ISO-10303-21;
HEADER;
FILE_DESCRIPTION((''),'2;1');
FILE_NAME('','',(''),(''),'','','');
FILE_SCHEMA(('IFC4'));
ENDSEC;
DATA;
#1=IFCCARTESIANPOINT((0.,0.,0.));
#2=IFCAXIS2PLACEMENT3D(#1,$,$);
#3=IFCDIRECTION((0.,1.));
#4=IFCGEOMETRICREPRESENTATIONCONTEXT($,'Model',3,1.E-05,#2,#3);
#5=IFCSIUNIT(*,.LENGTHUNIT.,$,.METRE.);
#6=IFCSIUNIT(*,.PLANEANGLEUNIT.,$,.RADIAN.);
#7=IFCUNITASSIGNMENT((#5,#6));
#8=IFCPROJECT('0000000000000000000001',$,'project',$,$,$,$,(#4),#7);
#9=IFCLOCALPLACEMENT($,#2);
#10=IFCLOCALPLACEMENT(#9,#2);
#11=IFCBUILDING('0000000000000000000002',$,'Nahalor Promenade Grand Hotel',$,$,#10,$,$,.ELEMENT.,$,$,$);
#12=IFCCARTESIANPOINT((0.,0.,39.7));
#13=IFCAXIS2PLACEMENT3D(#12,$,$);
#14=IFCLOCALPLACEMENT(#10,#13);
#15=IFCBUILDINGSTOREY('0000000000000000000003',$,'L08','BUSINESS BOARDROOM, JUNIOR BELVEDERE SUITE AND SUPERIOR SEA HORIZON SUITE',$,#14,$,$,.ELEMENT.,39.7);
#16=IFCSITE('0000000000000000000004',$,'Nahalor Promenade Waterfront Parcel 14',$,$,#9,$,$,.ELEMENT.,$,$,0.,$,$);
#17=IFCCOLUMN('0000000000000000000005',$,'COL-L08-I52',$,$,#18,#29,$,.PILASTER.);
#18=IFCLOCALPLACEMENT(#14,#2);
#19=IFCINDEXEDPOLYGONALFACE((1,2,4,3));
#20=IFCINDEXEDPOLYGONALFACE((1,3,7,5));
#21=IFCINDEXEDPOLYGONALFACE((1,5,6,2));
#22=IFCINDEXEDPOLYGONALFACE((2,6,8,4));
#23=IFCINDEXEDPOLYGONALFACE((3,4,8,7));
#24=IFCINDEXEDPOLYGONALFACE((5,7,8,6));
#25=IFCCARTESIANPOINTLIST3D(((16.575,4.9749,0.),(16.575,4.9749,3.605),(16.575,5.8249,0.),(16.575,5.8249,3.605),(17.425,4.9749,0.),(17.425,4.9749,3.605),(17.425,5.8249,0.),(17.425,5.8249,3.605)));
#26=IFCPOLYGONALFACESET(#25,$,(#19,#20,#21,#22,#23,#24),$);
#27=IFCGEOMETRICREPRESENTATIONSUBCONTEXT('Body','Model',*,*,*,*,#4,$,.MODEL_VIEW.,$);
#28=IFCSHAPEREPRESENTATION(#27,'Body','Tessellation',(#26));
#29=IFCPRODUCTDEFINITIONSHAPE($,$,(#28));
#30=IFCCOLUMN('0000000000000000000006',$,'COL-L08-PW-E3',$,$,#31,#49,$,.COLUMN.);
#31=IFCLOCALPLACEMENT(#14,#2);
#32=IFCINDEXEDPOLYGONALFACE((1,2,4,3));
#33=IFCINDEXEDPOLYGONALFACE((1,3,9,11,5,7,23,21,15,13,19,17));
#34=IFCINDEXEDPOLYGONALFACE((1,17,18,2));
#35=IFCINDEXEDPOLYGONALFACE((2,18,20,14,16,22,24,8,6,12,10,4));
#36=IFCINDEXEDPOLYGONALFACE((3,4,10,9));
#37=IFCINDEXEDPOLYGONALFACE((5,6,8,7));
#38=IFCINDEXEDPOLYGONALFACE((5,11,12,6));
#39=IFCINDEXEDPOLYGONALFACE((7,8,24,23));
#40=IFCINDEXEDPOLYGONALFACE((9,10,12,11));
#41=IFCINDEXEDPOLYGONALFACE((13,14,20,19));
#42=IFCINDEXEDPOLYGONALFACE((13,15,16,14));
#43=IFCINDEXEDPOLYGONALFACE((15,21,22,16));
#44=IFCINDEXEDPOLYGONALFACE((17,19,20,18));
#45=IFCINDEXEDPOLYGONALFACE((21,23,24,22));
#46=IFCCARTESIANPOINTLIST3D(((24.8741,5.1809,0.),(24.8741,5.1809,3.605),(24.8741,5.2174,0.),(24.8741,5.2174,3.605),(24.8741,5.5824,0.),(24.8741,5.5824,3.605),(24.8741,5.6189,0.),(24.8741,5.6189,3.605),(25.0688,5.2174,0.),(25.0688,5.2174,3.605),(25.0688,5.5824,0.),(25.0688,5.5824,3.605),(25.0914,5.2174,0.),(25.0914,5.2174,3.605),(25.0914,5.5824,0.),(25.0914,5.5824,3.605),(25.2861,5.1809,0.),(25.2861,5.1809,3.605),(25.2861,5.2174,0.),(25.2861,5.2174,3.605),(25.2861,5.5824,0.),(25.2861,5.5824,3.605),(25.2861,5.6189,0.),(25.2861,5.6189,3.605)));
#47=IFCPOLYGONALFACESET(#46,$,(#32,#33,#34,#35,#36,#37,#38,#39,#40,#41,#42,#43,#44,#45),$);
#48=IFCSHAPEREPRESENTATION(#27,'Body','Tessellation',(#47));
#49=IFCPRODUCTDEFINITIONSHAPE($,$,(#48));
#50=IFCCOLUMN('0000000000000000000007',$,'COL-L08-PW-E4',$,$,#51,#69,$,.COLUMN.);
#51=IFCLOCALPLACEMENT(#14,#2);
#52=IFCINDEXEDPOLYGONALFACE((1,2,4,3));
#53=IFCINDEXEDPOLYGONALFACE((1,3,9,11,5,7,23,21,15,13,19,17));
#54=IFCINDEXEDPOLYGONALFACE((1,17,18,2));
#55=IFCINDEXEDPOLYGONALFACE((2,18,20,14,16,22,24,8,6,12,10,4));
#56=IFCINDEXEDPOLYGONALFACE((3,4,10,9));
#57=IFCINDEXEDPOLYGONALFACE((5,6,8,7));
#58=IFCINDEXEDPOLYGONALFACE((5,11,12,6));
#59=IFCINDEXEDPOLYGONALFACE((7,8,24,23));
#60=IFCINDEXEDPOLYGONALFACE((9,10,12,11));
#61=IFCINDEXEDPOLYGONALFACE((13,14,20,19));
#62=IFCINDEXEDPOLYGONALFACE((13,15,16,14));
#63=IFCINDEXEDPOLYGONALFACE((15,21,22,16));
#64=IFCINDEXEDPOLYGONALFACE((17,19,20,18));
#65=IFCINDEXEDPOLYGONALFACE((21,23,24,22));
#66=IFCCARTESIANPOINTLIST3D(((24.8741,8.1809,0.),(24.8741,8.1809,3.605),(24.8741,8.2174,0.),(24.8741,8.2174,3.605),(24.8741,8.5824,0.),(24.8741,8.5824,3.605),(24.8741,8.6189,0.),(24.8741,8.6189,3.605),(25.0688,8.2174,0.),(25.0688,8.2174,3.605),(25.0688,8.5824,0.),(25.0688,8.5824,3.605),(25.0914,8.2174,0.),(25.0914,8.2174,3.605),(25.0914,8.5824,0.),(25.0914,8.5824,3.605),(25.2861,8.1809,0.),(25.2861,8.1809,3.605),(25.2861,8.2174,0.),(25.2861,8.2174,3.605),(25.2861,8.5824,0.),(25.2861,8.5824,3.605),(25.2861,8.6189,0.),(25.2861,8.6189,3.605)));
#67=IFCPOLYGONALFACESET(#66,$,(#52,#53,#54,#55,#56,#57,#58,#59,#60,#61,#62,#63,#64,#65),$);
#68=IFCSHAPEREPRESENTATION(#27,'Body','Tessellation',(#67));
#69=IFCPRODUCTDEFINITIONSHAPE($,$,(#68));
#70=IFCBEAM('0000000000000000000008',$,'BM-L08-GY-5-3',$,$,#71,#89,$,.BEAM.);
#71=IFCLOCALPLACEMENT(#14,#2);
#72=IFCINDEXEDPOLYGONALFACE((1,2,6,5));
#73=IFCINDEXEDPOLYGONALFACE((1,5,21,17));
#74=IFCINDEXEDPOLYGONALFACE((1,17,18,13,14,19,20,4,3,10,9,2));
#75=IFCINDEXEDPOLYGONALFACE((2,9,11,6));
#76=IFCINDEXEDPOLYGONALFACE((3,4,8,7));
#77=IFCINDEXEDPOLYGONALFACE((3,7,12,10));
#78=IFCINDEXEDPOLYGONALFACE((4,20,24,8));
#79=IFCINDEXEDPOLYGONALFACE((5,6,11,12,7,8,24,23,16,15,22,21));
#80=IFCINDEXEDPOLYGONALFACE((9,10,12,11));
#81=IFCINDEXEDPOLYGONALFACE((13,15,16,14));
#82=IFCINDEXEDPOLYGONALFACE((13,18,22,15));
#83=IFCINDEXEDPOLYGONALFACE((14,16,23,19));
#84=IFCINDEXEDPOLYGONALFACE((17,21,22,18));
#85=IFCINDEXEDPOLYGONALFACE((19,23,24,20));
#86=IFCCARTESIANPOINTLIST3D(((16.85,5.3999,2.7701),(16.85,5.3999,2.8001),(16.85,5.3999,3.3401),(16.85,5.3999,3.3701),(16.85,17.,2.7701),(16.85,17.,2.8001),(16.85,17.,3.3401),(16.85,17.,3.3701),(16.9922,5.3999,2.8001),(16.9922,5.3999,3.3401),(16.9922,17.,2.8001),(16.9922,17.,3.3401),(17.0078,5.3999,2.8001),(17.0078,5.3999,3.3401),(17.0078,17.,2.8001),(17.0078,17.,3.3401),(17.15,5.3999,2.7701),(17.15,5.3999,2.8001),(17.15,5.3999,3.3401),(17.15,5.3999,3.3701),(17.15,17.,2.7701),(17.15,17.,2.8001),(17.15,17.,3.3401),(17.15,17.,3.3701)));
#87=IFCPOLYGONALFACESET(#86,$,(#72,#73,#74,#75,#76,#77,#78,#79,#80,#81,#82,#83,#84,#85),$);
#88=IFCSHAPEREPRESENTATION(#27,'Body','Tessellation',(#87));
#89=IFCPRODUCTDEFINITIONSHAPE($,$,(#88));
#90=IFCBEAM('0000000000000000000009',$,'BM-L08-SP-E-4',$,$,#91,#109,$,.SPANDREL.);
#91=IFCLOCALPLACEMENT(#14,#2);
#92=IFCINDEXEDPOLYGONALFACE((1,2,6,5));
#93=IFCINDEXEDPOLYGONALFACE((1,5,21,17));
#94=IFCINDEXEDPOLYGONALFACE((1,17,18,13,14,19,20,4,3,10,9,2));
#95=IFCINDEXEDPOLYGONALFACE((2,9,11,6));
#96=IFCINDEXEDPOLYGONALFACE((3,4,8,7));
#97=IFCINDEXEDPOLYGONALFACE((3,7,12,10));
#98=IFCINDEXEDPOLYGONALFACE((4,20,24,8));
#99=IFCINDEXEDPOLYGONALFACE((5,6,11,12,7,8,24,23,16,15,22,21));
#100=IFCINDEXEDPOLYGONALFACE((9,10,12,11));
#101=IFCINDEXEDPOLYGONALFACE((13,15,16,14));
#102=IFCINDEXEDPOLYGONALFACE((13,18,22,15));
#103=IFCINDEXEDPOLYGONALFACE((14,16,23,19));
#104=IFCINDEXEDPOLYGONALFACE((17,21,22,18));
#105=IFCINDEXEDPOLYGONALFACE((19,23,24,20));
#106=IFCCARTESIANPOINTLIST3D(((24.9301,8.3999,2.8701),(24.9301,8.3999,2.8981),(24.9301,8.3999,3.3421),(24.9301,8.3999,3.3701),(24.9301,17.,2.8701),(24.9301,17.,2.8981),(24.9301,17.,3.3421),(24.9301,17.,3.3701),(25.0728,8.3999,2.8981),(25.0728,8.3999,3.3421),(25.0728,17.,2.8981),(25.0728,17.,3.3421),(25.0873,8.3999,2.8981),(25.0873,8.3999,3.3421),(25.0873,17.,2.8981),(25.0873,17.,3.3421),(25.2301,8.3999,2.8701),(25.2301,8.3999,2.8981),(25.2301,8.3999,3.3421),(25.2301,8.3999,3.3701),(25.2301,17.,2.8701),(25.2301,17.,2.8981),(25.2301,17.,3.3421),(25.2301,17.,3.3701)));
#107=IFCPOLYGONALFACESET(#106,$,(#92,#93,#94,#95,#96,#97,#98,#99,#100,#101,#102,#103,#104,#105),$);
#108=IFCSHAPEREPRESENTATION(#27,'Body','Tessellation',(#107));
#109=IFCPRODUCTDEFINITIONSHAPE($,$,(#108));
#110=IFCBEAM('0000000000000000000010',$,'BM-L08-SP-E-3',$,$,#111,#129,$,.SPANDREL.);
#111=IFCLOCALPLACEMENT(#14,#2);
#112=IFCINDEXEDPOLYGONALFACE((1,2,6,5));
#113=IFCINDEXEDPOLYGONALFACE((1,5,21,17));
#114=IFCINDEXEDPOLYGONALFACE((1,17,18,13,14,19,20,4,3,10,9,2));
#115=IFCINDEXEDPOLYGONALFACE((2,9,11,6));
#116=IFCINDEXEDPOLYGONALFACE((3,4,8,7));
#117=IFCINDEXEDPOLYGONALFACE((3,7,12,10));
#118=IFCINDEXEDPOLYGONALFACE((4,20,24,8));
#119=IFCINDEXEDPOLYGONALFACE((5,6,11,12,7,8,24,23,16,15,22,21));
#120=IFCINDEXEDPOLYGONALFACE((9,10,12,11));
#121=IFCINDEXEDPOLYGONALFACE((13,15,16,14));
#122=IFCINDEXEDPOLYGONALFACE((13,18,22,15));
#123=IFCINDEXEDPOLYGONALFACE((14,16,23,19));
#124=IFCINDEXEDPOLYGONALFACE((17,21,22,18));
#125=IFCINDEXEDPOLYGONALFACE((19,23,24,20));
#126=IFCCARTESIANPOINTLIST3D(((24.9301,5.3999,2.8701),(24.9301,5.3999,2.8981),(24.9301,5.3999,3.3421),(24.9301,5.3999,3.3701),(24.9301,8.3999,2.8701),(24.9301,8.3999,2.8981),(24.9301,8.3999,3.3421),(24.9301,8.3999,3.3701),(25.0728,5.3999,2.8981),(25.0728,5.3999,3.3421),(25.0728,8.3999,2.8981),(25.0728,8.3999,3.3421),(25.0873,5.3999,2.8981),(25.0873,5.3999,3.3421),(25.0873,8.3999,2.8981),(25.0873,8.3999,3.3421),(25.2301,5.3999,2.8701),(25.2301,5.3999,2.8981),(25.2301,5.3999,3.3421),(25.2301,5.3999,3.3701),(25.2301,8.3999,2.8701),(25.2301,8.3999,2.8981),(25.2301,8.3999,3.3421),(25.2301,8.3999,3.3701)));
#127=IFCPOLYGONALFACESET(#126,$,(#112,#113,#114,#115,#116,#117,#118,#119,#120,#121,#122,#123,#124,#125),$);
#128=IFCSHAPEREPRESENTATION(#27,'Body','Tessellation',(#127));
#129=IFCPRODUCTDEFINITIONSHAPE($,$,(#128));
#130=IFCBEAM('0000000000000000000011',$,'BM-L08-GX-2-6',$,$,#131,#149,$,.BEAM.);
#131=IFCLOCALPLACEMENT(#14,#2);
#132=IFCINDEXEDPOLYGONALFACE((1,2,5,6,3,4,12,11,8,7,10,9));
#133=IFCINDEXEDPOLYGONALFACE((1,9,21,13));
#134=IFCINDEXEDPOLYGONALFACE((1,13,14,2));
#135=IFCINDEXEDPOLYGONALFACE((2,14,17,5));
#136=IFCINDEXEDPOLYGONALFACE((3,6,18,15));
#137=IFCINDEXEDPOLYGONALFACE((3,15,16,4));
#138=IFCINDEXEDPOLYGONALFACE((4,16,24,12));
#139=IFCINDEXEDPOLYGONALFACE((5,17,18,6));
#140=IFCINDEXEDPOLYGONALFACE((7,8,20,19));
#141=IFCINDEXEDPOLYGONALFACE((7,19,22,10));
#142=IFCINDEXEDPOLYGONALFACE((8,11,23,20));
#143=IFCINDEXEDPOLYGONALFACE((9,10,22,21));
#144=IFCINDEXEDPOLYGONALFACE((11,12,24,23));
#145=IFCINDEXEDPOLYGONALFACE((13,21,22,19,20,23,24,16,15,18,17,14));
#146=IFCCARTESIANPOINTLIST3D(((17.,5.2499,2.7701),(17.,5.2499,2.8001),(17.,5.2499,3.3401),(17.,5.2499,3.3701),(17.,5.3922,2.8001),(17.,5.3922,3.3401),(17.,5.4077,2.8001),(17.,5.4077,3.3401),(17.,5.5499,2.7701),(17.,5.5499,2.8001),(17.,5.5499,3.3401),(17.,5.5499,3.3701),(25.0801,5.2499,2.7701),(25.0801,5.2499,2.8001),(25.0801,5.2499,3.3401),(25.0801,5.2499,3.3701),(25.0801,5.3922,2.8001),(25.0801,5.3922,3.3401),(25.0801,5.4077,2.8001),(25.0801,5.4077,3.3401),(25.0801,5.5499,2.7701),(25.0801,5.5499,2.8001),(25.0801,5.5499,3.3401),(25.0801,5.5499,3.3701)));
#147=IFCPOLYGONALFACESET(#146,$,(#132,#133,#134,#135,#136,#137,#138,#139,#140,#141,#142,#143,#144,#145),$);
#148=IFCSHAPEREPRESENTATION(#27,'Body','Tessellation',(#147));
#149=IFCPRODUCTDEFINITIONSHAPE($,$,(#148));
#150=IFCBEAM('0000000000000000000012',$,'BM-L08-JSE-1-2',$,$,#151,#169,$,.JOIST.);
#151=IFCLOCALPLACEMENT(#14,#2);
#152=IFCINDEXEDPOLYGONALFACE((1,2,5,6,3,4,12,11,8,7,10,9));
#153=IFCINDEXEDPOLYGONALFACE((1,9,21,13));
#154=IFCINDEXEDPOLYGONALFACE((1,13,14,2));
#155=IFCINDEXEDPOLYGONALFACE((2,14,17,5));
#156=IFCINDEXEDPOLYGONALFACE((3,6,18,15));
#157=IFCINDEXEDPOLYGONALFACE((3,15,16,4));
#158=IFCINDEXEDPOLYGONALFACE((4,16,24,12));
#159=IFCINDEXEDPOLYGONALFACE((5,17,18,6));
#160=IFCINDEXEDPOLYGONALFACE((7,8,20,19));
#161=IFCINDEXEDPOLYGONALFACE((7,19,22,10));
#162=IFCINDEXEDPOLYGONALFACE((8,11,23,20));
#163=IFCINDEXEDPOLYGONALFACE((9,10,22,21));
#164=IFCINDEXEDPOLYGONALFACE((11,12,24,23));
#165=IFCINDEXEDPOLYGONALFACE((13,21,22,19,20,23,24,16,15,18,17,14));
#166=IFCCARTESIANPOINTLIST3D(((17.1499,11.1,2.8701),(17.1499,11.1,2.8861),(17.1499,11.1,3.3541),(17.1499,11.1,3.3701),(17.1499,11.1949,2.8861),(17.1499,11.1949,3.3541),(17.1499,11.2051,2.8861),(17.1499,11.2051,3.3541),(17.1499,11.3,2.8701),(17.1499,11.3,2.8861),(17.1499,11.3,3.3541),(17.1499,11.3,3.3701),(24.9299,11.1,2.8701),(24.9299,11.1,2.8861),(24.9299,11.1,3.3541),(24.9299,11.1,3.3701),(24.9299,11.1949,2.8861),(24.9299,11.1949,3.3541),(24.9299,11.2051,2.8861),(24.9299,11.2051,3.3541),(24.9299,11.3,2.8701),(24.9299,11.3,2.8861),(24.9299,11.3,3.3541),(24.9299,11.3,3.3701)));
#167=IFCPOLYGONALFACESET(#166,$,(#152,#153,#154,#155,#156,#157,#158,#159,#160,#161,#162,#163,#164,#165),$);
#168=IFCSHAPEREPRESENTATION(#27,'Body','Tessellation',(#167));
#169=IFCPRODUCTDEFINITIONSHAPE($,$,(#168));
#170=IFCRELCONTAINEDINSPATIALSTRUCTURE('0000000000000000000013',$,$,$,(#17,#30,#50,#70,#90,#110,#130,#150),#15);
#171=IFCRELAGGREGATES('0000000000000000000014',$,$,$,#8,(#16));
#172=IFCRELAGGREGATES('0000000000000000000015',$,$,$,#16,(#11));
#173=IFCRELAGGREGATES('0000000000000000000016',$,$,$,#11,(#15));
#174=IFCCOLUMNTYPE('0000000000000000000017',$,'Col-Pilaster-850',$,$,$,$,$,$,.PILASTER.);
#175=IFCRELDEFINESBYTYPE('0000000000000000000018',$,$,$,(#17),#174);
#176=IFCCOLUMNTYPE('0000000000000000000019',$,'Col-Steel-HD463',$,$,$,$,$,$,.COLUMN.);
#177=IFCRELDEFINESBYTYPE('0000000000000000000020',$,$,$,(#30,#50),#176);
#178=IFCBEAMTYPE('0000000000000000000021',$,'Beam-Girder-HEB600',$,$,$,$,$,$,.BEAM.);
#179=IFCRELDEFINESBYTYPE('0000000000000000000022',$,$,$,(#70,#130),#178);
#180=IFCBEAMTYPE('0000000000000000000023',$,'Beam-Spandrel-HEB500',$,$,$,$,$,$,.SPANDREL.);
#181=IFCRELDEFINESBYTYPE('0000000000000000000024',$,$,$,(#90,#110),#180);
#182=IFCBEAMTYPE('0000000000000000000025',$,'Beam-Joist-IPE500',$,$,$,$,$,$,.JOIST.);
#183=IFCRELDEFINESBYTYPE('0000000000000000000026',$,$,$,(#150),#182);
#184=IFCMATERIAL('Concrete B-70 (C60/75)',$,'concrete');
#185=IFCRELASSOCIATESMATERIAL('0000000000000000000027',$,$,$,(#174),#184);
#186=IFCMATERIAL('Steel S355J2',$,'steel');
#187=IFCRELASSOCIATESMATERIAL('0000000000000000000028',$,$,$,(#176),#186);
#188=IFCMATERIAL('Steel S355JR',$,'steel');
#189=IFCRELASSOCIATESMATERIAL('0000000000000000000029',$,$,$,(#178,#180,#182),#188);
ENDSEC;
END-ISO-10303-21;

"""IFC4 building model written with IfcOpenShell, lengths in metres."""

from ifc_helpers import new_model, si_unit, direction, frame, origin, origin_2d, place, context, subcontext, project, spatial, rectangle, i_section, extrude, source, transform, mapped, material, material_profile, profile_set, type_object, element, save


model = new_model("IFC4")

# Units and contexts
model_context = context("Model", 3, precision=1e-05, world=origin(), true_north=direction((0.0, 1.0)))
body_context = subcontext(model_context, "Body", "Model", "MODEL_VIEW")
ifc_project = project(units=[si_unit("LENGTHUNIT", "METRE"), si_unit("PLANEANGLEUNIT", "RADIAN")], contexts=[model_context])

# Site, building, storey
site_placement = place(None, origin())
site = spatial("IfcSite", under=ifc_project, at=site_placement, Name="Nahalor Promenade Waterfront Parcel 14", CompositionType="ELEMENT", RefElevation=0.0)
building_placement = place(site_placement, origin())
building = spatial("IfcBuilding", under=site, at=building_placement, Name="Nahalor Promenade Grand Hotel", CompositionType="ELEMENT")
storey_placement = place(building_placement, frame((0.0, 0.0, 39.7)))
storey = spatial("IfcBuildingStorey", under=building, at=storey_placement, Name="L08", Description="BUSINESS BOARDROOM, JUNIOR BELVEDERE SUITE AND SUPERIOR SEA HORIZON SUITE", CompositionType="ELEMENT", Elevation=39.7)

# Columns
ifc_material_1 = material(Name="Concrete B-70 (C60/75)", Category="concrete")
ifc_material_profile_1 = material_profile(ifc_material_1, rectangle(XDim=0.85, YDim=0.85, at=origin_2d()), Name="RC 850x850")
ifc_profile_set_1 = profile_set([ifc_material_profile_1], Name="Concrete B-70 (C60/75)")
column_type_1 = type_object("IfcColumnType", Name="Col-Pilaster-850", PredefinedType="PILASTER", material=ifc_profile_set_1)
shared_shape_1 = source(origin(), body_context, "Body", "SweptSolid", [
    extrude(rectangle(XDim=0.85, YDim=0.85, at=origin_2d()), origin(), (0.0, 0.0, 1.0), 3.605),
])
column_placement = place(storey_placement, frame((17.0, 5.3999, 0.0), z_axis=(0.0, 0.0, 1.0), x_axis=(1.0, 0.0, 0.0)))
element("IfcColumn", 1, at=column_placement, inside=storey, type_object=column_type_1, Name="COL-L08-I52", PredefinedType="PILASTER", context=body_context, shape_type="MappedRepresentation", body=[
    mapped(shared_shape_1, transform((0.0, 0.0, 0.0), scale=1.0)),
])
ifc_material_2 = material(Name="Steel S355J2", Category="steel")
ifc_material_profile_2 = material_profile(ifc_material_2, i_section(OverallWidth=0.412, OverallDepth=0.438, WebThickness=0.0226, FlangeThickness=0.0365, at=origin_2d()), Name="HD 400x463")
ifc_profile_set_2 = profile_set([ifc_material_profile_2], Name="Steel S355J2")
column_type_2 = type_object("IfcColumnType", Name="Col-Steel-HD463", PredefinedType="COLUMN", material=ifc_profile_set_2)
shared_shape_2 = source(origin(), body_context, "Body", "SweptSolid", [
    extrude(i_section(OverallWidth=0.412, OverallDepth=0.438, WebThickness=0.0226, FlangeThickness=0.0365, at=origin_2d()), origin(), (0.0, 0.0, 1.0), 3.605),
])
for number, where, z_axis, x_axis, name in (
    (2, (25.0801, 5.3999, 0.0), (0.0, 0.0, 1.0), (1.0, 0.0, 0.0), "COL-L08-PW-E3"),
    (3, (25.0801, 8.3999, 0.0), (0.0, 0.0, 1.0), (1.0, 0.0, 0.0), "COL-L08-PW-E4"),
):
    element("IfcColumn", number, at=place(storey_placement, frame(where, z_axis=z_axis, x_axis=x_axis)), inside=storey, type_object=column_type_2, Name=name, PredefinedType="COLUMN", context=body_context, shape_type="MappedRepresentation", body=[
        mapped(shared_shape_2, transform((0.0, 0.0, 0.0), scale=1.0)),
    ])

# Beams
ifc_material_3 = material(Name="Steel S355JR", Category="steel")
ifc_material_profile_3 = material_profile(ifc_material_3, i_section(OverallWidth=0.3, OverallDepth=0.6, WebThickness=0.0155, FlangeThickness=0.03, at=origin_2d()), Name="HEB 600")
ifc_profile_set_3 = profile_set([ifc_material_profile_3], Name="Steel S355JR")
beam_type_1 = type_object("IfcBeamType", Name="Beam-Girder-HEB600", PredefinedType="BEAM", material=ifc_profile_set_3)
shared_shape_3 = source(origin(), body_context, "Body", "SweptSolid", [
    extrude(i_section(OverallWidth=0.3, OverallDepth=0.6, WebThickness=0.0155, FlangeThickness=0.03, at=origin_2d()), origin(), (0.0, 0.0, 1.0), 11.6001),
])
beam_1_placement = place(storey_placement, frame((17.0, 5.3999, 3.0701), z_axis=(0.0, 1.0, 0.0), x_axis=(-1.0, 0.0, 0.0)))
element("IfcBeam", 4, at=beam_1_placement, inside=storey, type_object=beam_type_1, Name="BM-L08-GY-5-3", PredefinedType="BEAM", context=body_context, shape_type="MappedRepresentation", body=[
    mapped(shared_shape_3, transform((0.0, 0.0, 0.0), scale=1.0)),
])
ifc_material_profile_4 = material_profile(ifc_material_3, i_section(OverallWidth=0.3, OverallDepth=0.5, WebThickness=0.0145, FlangeThickness=0.028, at=origin_2d()), Name="HEB 500")
ifc_profile_set_4 = profile_set([ifc_material_profile_4], Name="Steel S355JR")
beam_type_2 = type_object("IfcBeamType", Name="Beam-Spandrel-HEB500", PredefinedType="SPANDREL", material=ifc_profile_set_4)
shared_shape_4 = source(origin(), body_context, "Body", "SweptSolid", [
    extrude(i_section(OverallWidth=0.3, OverallDepth=0.5, WebThickness=0.0145, FlangeThickness=0.028, at=origin_2d()), origin(), (0.0, 0.0, 1.0), 8.6001),
])
beam_2_placement = place(storey_placement, frame((25.0801, 8.3999, 3.1201), z_axis=(0.0, 1.0, 0.0), x_axis=(-1.0, 0.0, 0.0)))
element("IfcBeam", 5, at=beam_2_placement, inside=storey, type_object=beam_type_2, Name="BM-L08-SP-E-4", PredefinedType="SPANDREL", context=body_context, shape_type="MappedRepresentation", body=[
    mapped(shared_shape_4, transform((0.0, 0.0, 0.0), scale=1.0)),
])
shared_shape_5 = source(origin(), body_context, "Body", "SweptSolid", [
    extrude(i_section(OverallWidth=0.3, OverallDepth=0.5, WebThickness=0.0145, FlangeThickness=0.028, at=origin_2d()), origin(), (0.0, 0.0, 1.0), 3.0),
])
beam_3_placement = place(storey_placement, frame((25.0801, 5.3999, 3.1201), z_axis=(0.0, 1.0, 0.0), x_axis=(-1.0, 0.0, 0.0)))
element("IfcBeam", 6, at=beam_3_placement, inside=storey, type_object=beam_type_2, Name="BM-L08-SP-E-3", PredefinedType="SPANDREL", context=body_context, shape_type="MappedRepresentation", body=[
    mapped(shared_shape_5, transform((0.0, 0.0, 0.0), scale=1.0)),
])
shared_shape_6 = source(origin(), body_context, "Body", "SweptSolid", [
    extrude(i_section(OverallWidth=0.3, OverallDepth=0.6, WebThickness=0.0155, FlangeThickness=0.03, at=origin_2d()), origin(), (0.0, 0.0, 1.0), 8.0801),
])
beam_4_placement = place(storey_placement, frame((17.0, 5.3999, 3.0701), z_axis=(1.0, 0.0, 0.0), x_axis=(0.0, 1.0, 0.0)))
element("IfcBeam", 7, at=beam_4_placement, inside=storey, type_object=beam_type_1, Name="BM-L08-GX-2-6", PredefinedType="BEAM", context=body_context, shape_type="MappedRepresentation", body=[
    mapped(shared_shape_6, transform((0.0, 0.0, 0.0), scale=1.0)),
])
ifc_material_profile_5 = material_profile(ifc_material_3, i_section(OverallWidth=0.2, OverallDepth=0.5, WebThickness=0.0102, FlangeThickness=0.016, at=origin_2d()), Name="IPE 500")
ifc_profile_set_5 = profile_set([ifc_material_profile_5], Name="Steel S355JR")
beam_type_3 = type_object("IfcBeamType", Name="Beam-Joist-IPE500", PredefinedType="JOIST", material=ifc_profile_set_5)
shared_shape_7 = source(origin(), body_context, "Body", "SweptSolid", [
    extrude(i_section(OverallWidth=0.2, OverallDepth=0.5, WebThickness=0.0102, FlangeThickness=0.016, at=origin_2d()), origin(), (0.0, 0.0, 1.0), 7.78),
])
beam_5_placement = place(storey_placement, frame((17.1499, 11.2, 3.1201), z_axis=(1.0, 0.0, 0.0), x_axis=(0.0, 1.0, 0.0)))
element("IfcBeam", 8, at=beam_5_placement, inside=storey, type_object=beam_type_3, Name="BM-L08-JSE-1-2", PredefinedType="JOIST", context=body_context, shape_type="MappedRepresentation", body=[
    mapped(shared_shape_7, transform((0.0, 0.0, 0.0), scale=1.0)),
])

save(model, "model.ifc")
